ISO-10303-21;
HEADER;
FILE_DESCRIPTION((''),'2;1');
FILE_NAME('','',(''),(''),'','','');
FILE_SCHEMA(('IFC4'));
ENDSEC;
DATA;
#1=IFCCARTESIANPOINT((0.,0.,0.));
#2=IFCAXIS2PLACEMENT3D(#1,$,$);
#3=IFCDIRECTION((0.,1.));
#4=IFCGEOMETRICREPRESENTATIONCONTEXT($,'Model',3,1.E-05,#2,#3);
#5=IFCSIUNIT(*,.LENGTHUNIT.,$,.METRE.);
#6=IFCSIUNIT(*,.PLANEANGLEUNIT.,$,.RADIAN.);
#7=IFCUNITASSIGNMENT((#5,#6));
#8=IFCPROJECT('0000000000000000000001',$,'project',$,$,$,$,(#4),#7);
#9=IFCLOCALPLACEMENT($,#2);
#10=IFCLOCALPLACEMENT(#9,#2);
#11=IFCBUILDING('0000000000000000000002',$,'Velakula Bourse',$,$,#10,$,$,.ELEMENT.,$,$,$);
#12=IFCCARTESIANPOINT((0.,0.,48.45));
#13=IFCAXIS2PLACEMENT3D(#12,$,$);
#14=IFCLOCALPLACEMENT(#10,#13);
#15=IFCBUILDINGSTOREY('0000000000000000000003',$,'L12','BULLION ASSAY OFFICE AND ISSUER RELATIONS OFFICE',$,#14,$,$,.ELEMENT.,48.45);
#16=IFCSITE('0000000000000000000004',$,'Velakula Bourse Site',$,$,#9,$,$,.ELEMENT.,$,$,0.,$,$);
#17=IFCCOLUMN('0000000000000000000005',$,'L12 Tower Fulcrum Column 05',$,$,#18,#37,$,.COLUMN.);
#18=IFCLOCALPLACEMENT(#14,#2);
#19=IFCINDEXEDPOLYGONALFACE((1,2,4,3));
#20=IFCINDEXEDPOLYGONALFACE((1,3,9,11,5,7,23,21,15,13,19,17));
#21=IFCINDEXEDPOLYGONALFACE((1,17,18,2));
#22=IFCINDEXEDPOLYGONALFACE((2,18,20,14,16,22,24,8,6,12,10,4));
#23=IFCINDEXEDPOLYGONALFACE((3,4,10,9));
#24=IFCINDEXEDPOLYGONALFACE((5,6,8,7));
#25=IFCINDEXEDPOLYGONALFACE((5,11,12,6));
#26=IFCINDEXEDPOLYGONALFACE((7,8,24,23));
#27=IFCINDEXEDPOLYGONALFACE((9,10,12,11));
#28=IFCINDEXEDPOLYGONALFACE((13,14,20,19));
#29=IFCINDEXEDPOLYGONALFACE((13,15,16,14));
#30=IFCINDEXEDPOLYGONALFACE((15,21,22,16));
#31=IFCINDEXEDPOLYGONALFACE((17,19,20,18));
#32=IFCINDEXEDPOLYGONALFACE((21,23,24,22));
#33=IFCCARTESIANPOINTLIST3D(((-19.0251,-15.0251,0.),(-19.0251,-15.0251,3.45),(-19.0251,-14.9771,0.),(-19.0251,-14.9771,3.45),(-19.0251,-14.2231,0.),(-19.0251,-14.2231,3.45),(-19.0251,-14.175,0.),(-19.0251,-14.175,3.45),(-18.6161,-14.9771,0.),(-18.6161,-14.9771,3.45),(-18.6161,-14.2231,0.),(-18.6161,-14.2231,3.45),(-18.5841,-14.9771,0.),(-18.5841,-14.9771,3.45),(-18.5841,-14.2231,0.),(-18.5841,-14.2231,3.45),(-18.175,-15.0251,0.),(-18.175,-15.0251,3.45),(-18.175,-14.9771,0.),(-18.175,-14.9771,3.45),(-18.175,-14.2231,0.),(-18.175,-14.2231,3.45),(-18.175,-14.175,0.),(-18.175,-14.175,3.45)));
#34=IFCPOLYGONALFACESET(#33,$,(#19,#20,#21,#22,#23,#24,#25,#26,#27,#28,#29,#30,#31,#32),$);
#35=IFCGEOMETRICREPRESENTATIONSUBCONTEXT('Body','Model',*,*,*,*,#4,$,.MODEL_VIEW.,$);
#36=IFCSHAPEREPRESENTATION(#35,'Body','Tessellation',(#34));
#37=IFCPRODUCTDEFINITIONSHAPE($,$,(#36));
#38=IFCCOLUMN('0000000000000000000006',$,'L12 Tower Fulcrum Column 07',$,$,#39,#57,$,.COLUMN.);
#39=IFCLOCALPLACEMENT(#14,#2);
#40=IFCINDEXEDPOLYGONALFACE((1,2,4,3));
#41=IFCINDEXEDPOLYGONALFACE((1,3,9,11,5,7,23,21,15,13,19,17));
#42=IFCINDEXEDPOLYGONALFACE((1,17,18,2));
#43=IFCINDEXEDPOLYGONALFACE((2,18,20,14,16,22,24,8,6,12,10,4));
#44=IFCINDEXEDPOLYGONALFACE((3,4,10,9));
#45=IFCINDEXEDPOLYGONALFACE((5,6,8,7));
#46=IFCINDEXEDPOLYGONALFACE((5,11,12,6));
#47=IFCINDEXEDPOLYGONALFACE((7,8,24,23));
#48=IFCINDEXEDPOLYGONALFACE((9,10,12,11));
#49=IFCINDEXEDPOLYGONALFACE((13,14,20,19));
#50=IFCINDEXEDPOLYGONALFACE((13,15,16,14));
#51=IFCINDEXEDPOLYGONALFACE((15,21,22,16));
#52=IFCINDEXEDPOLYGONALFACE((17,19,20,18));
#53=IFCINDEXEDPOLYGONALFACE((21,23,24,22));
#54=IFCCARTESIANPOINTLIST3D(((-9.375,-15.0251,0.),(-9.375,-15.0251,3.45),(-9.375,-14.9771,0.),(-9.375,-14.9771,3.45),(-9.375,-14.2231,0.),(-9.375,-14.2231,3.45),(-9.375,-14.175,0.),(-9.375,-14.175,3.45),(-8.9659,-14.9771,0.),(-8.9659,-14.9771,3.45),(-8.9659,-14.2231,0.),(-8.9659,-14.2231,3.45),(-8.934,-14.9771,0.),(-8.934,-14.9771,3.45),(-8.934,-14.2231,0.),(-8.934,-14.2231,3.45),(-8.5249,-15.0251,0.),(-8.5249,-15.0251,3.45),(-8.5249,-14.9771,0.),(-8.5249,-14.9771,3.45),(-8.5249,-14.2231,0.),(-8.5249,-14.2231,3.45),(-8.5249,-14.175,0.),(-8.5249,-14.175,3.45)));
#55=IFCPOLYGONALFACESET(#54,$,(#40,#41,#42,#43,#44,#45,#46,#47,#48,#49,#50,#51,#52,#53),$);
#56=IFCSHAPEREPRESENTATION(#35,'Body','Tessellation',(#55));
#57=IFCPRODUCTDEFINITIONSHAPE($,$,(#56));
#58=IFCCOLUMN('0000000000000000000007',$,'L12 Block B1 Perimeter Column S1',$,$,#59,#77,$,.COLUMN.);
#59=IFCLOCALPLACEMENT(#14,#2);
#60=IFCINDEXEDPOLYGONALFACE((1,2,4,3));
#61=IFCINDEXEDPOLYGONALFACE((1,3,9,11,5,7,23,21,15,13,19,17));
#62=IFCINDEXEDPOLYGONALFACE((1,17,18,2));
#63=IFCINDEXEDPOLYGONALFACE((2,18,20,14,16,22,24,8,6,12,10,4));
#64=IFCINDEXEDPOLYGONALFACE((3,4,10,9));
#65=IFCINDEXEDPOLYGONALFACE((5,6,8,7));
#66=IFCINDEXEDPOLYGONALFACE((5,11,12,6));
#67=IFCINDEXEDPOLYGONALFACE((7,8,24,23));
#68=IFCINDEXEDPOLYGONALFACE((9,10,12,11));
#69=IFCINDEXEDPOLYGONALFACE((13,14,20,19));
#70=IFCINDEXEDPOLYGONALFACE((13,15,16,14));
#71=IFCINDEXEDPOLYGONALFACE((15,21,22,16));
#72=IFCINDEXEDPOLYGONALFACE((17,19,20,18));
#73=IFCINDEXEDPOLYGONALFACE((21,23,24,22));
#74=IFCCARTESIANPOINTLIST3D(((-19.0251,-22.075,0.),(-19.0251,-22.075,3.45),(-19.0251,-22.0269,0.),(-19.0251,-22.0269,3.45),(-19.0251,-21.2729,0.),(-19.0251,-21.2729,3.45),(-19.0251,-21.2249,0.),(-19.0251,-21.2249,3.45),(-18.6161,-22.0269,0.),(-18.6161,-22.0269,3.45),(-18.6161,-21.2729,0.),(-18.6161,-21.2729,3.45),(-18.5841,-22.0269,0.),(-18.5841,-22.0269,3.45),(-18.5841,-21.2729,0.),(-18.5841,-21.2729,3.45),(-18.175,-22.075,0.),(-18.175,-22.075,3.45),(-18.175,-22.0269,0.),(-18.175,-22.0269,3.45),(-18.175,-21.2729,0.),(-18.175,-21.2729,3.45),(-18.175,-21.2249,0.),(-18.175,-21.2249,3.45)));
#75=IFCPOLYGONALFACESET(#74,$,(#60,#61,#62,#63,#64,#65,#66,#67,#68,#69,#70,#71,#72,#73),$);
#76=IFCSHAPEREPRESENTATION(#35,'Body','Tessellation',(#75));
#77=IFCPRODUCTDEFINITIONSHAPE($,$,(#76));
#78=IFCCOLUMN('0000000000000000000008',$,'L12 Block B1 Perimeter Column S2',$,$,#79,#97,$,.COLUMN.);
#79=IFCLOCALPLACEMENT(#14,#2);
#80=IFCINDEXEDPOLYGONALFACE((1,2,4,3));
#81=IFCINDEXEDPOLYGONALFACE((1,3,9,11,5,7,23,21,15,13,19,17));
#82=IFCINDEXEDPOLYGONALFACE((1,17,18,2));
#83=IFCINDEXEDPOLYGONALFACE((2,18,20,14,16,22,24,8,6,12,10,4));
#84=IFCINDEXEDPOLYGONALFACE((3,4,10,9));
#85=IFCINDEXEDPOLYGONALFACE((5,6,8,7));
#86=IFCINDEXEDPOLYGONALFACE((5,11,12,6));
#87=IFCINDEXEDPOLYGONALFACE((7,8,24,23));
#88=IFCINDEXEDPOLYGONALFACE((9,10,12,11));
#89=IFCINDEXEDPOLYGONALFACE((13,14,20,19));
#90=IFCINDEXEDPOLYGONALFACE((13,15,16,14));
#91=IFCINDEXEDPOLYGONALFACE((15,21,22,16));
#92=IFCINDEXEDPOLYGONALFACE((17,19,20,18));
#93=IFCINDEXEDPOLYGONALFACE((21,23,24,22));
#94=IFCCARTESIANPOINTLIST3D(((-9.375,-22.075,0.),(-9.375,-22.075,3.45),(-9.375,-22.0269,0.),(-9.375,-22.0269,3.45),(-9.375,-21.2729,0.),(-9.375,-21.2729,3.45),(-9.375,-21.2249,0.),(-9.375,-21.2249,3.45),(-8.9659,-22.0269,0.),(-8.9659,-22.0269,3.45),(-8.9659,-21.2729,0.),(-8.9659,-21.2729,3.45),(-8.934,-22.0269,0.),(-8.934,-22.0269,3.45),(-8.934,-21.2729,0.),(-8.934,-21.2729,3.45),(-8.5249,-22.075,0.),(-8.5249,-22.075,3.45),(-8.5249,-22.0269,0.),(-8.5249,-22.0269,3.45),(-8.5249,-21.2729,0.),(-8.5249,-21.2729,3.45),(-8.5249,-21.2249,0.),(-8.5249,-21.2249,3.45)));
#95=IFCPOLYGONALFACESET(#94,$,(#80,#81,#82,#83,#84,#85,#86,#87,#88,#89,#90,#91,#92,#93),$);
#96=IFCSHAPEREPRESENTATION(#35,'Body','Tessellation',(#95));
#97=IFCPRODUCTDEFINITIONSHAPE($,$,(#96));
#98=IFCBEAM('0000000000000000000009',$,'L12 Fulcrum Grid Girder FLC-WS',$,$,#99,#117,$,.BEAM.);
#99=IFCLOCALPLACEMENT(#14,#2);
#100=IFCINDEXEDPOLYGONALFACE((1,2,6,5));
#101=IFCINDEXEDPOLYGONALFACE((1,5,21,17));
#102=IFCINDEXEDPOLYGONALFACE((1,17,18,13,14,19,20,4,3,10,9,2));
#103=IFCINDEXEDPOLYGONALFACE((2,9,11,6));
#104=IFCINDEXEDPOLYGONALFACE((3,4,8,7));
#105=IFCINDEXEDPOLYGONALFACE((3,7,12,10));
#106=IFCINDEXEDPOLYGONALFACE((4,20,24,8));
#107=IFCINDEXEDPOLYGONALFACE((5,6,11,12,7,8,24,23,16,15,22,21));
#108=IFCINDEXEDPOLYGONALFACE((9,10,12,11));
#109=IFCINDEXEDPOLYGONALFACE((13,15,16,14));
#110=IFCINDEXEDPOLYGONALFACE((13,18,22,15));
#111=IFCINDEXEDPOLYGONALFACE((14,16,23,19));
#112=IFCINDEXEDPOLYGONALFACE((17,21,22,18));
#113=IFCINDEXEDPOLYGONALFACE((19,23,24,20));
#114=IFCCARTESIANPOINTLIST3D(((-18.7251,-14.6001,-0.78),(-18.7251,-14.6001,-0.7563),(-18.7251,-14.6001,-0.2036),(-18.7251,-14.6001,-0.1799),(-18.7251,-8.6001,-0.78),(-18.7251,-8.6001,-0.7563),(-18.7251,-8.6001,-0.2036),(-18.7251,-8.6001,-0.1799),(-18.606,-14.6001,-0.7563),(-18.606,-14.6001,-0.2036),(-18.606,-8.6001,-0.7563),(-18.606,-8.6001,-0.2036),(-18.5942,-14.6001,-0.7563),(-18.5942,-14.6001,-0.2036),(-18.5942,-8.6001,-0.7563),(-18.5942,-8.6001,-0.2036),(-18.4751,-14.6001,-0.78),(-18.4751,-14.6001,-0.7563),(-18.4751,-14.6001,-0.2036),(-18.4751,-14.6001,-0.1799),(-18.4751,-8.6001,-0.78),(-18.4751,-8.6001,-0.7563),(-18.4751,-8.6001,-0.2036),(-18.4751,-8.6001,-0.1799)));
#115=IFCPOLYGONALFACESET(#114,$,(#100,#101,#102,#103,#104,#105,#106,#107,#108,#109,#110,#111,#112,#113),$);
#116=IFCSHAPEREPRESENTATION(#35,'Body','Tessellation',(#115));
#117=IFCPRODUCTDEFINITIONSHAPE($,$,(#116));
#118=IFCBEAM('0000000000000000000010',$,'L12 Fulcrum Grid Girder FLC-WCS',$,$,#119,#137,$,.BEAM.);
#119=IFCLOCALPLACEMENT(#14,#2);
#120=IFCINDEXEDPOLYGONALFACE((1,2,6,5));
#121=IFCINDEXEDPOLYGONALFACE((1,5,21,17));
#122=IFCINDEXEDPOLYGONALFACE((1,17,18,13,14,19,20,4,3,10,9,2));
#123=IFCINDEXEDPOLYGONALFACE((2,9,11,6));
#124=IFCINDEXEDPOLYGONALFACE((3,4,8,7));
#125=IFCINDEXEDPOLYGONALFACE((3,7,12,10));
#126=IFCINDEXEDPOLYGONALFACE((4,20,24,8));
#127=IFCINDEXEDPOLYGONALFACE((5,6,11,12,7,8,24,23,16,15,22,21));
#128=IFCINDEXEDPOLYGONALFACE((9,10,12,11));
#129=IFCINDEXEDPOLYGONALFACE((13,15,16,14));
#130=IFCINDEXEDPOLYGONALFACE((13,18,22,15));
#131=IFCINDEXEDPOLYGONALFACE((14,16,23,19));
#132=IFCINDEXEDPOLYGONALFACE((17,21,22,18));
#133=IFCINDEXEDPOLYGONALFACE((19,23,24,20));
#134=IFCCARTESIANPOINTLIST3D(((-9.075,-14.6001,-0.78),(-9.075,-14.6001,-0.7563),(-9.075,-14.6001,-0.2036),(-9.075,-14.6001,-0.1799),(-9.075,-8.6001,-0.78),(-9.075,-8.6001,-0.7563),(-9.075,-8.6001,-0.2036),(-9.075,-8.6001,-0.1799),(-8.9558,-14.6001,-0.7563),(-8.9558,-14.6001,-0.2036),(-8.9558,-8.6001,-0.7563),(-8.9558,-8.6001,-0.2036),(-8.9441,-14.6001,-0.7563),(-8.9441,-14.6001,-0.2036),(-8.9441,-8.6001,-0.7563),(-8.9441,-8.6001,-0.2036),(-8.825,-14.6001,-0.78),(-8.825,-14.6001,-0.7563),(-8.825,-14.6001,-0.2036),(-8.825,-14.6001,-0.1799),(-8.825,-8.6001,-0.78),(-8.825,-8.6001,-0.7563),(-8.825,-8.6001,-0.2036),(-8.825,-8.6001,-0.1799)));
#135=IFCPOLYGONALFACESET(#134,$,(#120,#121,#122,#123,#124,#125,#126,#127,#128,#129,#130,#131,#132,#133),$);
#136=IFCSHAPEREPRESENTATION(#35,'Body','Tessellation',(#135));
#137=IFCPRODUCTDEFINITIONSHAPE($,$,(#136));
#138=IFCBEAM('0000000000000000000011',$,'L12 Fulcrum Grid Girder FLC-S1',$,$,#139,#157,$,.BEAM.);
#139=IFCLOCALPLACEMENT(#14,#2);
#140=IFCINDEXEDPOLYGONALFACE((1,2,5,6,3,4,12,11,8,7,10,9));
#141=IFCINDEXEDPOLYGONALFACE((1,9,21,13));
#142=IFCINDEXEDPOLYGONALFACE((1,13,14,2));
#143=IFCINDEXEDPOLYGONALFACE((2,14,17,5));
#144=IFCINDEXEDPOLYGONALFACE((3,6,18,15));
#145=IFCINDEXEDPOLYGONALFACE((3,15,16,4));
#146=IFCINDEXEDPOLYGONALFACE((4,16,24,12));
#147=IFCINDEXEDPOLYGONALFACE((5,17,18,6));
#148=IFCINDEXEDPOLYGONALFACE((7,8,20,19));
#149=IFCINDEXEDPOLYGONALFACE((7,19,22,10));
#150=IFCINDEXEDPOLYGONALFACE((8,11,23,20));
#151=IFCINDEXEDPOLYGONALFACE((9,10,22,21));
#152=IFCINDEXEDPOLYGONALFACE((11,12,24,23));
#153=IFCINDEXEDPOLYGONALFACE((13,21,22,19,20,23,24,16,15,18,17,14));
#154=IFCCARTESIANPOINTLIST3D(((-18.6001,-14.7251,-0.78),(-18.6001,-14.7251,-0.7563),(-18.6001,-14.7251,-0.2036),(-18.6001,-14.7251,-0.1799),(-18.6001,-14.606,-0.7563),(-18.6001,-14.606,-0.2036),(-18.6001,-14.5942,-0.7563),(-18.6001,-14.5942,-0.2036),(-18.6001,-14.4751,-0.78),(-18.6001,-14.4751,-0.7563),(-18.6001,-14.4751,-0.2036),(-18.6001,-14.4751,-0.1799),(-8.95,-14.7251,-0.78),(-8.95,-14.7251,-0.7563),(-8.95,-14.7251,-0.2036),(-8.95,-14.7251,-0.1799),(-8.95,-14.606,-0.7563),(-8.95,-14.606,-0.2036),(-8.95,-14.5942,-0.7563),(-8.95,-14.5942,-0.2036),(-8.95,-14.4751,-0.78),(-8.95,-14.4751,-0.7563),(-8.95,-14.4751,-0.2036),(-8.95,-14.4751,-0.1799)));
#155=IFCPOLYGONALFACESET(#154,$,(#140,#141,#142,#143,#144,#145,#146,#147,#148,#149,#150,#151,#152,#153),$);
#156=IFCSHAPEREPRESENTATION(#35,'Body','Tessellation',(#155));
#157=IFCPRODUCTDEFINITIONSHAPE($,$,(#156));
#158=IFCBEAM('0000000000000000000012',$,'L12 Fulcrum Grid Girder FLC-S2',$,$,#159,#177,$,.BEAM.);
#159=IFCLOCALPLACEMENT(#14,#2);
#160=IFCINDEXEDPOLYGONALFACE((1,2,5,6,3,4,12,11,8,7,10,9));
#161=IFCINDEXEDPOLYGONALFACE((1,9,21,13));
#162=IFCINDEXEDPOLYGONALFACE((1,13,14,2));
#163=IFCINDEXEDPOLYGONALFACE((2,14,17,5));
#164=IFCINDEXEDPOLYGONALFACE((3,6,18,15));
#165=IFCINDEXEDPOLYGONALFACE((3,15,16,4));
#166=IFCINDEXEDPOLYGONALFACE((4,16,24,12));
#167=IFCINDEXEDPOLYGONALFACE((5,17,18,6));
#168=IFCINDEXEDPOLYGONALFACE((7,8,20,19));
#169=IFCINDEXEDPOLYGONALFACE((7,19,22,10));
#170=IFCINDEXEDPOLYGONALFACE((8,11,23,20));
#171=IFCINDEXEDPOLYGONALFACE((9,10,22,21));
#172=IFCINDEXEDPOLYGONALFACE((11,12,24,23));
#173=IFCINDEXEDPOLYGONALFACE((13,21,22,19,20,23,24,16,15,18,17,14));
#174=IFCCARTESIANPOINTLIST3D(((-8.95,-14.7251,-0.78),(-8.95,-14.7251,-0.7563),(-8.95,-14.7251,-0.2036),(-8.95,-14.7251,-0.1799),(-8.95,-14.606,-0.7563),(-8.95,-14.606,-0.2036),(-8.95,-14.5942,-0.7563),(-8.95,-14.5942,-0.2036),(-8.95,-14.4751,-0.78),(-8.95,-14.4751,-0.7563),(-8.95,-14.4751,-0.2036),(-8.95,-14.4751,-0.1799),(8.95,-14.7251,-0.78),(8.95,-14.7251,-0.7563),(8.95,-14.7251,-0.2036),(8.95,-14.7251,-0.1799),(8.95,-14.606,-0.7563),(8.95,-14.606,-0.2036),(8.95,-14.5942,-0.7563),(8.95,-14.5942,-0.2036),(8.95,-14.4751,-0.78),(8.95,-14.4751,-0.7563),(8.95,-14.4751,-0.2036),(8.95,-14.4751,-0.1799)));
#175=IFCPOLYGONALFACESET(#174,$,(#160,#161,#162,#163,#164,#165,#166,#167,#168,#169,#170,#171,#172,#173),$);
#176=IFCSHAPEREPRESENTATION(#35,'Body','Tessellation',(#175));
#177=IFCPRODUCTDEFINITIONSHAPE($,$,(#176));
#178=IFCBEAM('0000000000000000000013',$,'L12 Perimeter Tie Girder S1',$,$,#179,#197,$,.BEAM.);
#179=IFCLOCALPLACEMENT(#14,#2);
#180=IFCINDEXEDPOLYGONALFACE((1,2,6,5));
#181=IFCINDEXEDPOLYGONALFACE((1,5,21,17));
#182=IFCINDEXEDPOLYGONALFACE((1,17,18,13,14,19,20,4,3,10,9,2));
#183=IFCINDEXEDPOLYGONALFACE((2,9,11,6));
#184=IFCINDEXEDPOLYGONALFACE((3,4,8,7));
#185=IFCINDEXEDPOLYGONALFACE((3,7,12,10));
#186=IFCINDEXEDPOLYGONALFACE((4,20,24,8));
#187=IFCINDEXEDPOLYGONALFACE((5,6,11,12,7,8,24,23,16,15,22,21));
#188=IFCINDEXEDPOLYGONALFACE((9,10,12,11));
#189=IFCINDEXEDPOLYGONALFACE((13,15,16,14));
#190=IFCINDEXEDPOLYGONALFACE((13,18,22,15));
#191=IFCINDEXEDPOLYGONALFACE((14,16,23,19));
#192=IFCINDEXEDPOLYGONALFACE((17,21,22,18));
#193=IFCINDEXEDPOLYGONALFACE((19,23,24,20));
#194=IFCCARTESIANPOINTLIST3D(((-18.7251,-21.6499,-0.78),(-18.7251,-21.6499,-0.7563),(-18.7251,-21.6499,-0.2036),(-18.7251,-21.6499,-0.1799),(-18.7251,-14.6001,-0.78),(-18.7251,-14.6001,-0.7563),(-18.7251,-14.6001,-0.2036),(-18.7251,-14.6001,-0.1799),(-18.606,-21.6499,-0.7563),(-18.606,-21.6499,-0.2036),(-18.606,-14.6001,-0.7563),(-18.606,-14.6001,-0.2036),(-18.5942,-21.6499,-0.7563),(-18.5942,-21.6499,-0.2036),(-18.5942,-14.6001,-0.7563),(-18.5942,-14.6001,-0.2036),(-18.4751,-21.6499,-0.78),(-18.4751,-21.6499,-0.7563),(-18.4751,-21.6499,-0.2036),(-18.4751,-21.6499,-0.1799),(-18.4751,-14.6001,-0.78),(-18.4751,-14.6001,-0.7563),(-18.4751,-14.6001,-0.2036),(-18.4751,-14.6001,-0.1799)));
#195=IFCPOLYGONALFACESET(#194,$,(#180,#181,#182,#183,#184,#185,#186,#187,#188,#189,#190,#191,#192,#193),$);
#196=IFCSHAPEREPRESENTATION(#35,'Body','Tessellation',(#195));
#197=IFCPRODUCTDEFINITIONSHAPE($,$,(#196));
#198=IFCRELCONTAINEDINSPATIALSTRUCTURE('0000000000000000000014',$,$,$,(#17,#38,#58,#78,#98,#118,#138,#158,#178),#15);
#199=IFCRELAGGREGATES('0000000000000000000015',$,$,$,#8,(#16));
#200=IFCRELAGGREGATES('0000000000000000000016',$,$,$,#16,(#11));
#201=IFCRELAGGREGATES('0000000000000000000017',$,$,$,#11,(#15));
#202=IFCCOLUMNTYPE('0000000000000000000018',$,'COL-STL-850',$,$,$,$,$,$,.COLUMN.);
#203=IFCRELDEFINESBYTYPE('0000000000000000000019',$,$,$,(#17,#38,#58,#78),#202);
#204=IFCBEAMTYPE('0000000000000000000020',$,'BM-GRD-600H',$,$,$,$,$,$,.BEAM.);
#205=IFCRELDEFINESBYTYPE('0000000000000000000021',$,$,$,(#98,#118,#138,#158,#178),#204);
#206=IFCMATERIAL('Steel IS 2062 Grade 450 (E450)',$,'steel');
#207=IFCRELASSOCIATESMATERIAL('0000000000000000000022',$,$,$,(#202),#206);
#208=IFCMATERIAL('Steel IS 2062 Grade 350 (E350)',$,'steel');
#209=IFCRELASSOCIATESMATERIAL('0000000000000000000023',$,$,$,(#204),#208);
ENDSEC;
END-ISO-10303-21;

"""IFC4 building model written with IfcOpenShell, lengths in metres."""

from ifc_helpers import new_model, si_unit, direction, frame, origin, origin_2d, place, context, subcontext, project, spatial, i_section, extrude, material, material_profile, profile_set, type_object, element, save


model = new_model("IFC4")

# Units and contexts
model_context = context("Model", 3, precision=1e-05, world=origin(), true_north=direction((0.0, 1.0)))
body_context = subcontext(model_context, "Body", "Model", "MODEL_VIEW")
ifc_project = project(units=[si_unit("LENGTHUNIT", "METRE"), si_unit("PLANEANGLEUNIT", "RADIAN")], contexts=[model_context])

# Site, building, storey
site_placement = place(None, origin())
site = spatial("IfcSite", under=ifc_project, at=site_placement, Name="Velakula Bourse Site", CompositionType="ELEMENT", RefElevation=0.0)
building_placement = place(site_placement, origin())
building = spatial("IfcBuilding", under=site, at=building_placement, Name="Velakula Bourse", CompositionType="ELEMENT")
storey_placement = place(building_placement, frame((0.0, 0.0, 48.45)))
storey = spatial("IfcBuildingStorey", under=building, at=storey_placement, Name="L12", Description="BULLION ASSAY OFFICE AND ISSUER RELATIONS OFFICE", CompositionType="ELEMENT", Elevation=48.45)

# Columns
ifc_material_1 = material(Name="Steel IS 2062 Grade 450 (E450)", Category="steel")
ifc_material_profile_1 = material_profile(ifc_material_1, i_section(OverallWidth=0.8501, OverallDepth=0.8501, WebThickness=0.032, FlangeThickness=0.0481, at=origin_2d()), Name="Steel IS 2062 Grade 450 (E450)")
ifc_profile_set_1 = profile_set([ifc_material_profile_1], Name="Steel IS 2062 Grade 450 (E450)")
column_type = type_object("IfcColumnType", Name="COL-STL-850", PredefinedType="COLUMN", material=ifc_profile_set_1)
for number, where, z_axis, x_axis, name in (
    (1, (-18.6001, -14.6001, 0.0), (0.0, 0.0, 1.0), (1.0, 0.0, 0.0), "L12 Tower Fulcrum Column 05"),
    (2, (-8.95, -14.6001, 0.0), (0.0, 0.0, 1.0), (1.0, 0.0, 0.0), "L12 Tower Fulcrum Column 07"),
    (3, (-18.6001, -21.6499, 0.0), (0.0, 0.0, 1.0), (1.0, 0.0, 0.0), "L12 Block B1 Perimeter Column S1"),
    (4, (-8.95, -21.6499, 0.0), (0.0, 0.0, 1.0), (1.0, 0.0, 0.0), "L12 Block B1 Perimeter Column S2"),
):
    element("IfcColumn", number, at=place(storey_placement, frame(where, z_axis=z_axis, x_axis=x_axis)), inside=storey, type_object=column_type, Name=name, PredefinedType="COLUMN", context=body_context, shape_type="SweptSolid", body=[
        extrude(i_section(OverallWidth=0.8501, OverallDepth=0.8501, WebThickness=0.032, FlangeThickness=0.0481, at=origin_2d()), origin(), (0.0, 0.0, 1.0), 3.45),
    ])

# Beams
ifc_material_2 = material(Name="Steel IS 2062 Grade 350 (E350)", Category="steel")
ifc_material_profile_2 = material_profile(ifc_material_2, i_section(OverallWidth=0.25, OverallDepth=0.6001, WebThickness=0.0117, FlangeThickness=0.0237, at=origin_2d()), Name="Steel IS 2062 Grade 350 (E350)")
ifc_profile_set_2 = profile_set([ifc_material_profile_2], Name="Steel IS 2062 Grade 350 (E350)")
beam_type_1 = type_object("IfcBeamType", Name="BM-GRD-600H", PredefinedType="BEAM", material=ifc_profile_set_2)
for number, where, z_axis, x_axis, name in (
    (5, (-18.6001, -14.6001, -0.48), (0.0, 1.0, 0.0), (-1.0, 0.0, 0.0), "L12 Fulcrum Grid Girder FLC-WS"),
    (6, (-8.95, -14.6001, -0.48), (0.0, 1.0, 0.0), (-1.0, 0.0, 0.0), "L12 Fulcrum Grid Girder FLC-WCS"),
):
    element("IfcBeam", number, at=place(storey_placement, frame(where, z_axis=z_axis, x_axis=x_axis)), inside=storey, type_object=beam_type_1, Name=name, PredefinedType="BEAM", context=body_context, shape_type="SweptSolid", body=[
        extrude(i_section(OverallWidth=0.25, OverallDepth=0.6001, WebThickness=0.0117, FlangeThickness=0.0237, at=origin_2d()), origin(), (0.0, 0.0, 1.0), 6.0),
    ])
beam_1_placement = place(storey_placement, frame((-18.6001, -14.6001, -0.48), z_axis=(1.0, 0.0, 0.0), x_axis=(0.0, 1.0, 0.0)))
element("IfcBeam", 7, at=beam_1_placement, inside=storey, type_object=beam_type_1, Name="L12 Fulcrum Grid Girder FLC-S1", PredefinedType="BEAM", context=body_context, shape_type="SweptSolid", body=[
    extrude(i_section(OverallWidth=0.25, OverallDepth=0.6001, WebThickness=0.0117, FlangeThickness=0.0237, at=origin_2d()), origin(), (0.0, 0.0, 1.0), 9.6501),
])
beam_2_placement = place(storey_placement, frame((-8.95, -14.6001, -0.48), z_axis=(1.0, 0.0, 0.0), x_axis=(0.0, 1.0, 0.0)))
element("IfcBeam", 8, at=beam_2_placement, inside=storey, type_object=beam_type_1, Name="L12 Fulcrum Grid Girder FLC-S2", PredefinedType="BEAM", context=body_context, shape_type="SweptSolid", body=[
    extrude(i_section(OverallWidth=0.25, OverallDepth=0.6001, WebThickness=0.0117, FlangeThickness=0.0237, at=origin_2d()), origin(), (0.0, 0.0, 1.0), 17.8999),
])
for number, where, z_axis, x_axis, name in (
    (9, (-18.6001, -14.6001, -0.48), (0.0, -1.0, 0.0), (1.0, 0.0, 0.0), "L12 Perimeter Tie Girder S1"),
):
    element("IfcBeam", number, at=place(storey_placement, frame(where, z_axis=z_axis, x_axis=x_axis)), inside=storey, type_object=beam_type_1, Name=name, PredefinedType="BEAM", context=body_context, shape_type="SweptSolid", body=[
        extrude(i_section(OverallWidth=0.25, OverallDepth=0.6001, WebThickness=0.0117, FlangeThickness=0.0237, at=origin_2d()), origin(), (0.0, 0.0, 1.0), 7.0498),
    ])

save(model, "model.ifc")
